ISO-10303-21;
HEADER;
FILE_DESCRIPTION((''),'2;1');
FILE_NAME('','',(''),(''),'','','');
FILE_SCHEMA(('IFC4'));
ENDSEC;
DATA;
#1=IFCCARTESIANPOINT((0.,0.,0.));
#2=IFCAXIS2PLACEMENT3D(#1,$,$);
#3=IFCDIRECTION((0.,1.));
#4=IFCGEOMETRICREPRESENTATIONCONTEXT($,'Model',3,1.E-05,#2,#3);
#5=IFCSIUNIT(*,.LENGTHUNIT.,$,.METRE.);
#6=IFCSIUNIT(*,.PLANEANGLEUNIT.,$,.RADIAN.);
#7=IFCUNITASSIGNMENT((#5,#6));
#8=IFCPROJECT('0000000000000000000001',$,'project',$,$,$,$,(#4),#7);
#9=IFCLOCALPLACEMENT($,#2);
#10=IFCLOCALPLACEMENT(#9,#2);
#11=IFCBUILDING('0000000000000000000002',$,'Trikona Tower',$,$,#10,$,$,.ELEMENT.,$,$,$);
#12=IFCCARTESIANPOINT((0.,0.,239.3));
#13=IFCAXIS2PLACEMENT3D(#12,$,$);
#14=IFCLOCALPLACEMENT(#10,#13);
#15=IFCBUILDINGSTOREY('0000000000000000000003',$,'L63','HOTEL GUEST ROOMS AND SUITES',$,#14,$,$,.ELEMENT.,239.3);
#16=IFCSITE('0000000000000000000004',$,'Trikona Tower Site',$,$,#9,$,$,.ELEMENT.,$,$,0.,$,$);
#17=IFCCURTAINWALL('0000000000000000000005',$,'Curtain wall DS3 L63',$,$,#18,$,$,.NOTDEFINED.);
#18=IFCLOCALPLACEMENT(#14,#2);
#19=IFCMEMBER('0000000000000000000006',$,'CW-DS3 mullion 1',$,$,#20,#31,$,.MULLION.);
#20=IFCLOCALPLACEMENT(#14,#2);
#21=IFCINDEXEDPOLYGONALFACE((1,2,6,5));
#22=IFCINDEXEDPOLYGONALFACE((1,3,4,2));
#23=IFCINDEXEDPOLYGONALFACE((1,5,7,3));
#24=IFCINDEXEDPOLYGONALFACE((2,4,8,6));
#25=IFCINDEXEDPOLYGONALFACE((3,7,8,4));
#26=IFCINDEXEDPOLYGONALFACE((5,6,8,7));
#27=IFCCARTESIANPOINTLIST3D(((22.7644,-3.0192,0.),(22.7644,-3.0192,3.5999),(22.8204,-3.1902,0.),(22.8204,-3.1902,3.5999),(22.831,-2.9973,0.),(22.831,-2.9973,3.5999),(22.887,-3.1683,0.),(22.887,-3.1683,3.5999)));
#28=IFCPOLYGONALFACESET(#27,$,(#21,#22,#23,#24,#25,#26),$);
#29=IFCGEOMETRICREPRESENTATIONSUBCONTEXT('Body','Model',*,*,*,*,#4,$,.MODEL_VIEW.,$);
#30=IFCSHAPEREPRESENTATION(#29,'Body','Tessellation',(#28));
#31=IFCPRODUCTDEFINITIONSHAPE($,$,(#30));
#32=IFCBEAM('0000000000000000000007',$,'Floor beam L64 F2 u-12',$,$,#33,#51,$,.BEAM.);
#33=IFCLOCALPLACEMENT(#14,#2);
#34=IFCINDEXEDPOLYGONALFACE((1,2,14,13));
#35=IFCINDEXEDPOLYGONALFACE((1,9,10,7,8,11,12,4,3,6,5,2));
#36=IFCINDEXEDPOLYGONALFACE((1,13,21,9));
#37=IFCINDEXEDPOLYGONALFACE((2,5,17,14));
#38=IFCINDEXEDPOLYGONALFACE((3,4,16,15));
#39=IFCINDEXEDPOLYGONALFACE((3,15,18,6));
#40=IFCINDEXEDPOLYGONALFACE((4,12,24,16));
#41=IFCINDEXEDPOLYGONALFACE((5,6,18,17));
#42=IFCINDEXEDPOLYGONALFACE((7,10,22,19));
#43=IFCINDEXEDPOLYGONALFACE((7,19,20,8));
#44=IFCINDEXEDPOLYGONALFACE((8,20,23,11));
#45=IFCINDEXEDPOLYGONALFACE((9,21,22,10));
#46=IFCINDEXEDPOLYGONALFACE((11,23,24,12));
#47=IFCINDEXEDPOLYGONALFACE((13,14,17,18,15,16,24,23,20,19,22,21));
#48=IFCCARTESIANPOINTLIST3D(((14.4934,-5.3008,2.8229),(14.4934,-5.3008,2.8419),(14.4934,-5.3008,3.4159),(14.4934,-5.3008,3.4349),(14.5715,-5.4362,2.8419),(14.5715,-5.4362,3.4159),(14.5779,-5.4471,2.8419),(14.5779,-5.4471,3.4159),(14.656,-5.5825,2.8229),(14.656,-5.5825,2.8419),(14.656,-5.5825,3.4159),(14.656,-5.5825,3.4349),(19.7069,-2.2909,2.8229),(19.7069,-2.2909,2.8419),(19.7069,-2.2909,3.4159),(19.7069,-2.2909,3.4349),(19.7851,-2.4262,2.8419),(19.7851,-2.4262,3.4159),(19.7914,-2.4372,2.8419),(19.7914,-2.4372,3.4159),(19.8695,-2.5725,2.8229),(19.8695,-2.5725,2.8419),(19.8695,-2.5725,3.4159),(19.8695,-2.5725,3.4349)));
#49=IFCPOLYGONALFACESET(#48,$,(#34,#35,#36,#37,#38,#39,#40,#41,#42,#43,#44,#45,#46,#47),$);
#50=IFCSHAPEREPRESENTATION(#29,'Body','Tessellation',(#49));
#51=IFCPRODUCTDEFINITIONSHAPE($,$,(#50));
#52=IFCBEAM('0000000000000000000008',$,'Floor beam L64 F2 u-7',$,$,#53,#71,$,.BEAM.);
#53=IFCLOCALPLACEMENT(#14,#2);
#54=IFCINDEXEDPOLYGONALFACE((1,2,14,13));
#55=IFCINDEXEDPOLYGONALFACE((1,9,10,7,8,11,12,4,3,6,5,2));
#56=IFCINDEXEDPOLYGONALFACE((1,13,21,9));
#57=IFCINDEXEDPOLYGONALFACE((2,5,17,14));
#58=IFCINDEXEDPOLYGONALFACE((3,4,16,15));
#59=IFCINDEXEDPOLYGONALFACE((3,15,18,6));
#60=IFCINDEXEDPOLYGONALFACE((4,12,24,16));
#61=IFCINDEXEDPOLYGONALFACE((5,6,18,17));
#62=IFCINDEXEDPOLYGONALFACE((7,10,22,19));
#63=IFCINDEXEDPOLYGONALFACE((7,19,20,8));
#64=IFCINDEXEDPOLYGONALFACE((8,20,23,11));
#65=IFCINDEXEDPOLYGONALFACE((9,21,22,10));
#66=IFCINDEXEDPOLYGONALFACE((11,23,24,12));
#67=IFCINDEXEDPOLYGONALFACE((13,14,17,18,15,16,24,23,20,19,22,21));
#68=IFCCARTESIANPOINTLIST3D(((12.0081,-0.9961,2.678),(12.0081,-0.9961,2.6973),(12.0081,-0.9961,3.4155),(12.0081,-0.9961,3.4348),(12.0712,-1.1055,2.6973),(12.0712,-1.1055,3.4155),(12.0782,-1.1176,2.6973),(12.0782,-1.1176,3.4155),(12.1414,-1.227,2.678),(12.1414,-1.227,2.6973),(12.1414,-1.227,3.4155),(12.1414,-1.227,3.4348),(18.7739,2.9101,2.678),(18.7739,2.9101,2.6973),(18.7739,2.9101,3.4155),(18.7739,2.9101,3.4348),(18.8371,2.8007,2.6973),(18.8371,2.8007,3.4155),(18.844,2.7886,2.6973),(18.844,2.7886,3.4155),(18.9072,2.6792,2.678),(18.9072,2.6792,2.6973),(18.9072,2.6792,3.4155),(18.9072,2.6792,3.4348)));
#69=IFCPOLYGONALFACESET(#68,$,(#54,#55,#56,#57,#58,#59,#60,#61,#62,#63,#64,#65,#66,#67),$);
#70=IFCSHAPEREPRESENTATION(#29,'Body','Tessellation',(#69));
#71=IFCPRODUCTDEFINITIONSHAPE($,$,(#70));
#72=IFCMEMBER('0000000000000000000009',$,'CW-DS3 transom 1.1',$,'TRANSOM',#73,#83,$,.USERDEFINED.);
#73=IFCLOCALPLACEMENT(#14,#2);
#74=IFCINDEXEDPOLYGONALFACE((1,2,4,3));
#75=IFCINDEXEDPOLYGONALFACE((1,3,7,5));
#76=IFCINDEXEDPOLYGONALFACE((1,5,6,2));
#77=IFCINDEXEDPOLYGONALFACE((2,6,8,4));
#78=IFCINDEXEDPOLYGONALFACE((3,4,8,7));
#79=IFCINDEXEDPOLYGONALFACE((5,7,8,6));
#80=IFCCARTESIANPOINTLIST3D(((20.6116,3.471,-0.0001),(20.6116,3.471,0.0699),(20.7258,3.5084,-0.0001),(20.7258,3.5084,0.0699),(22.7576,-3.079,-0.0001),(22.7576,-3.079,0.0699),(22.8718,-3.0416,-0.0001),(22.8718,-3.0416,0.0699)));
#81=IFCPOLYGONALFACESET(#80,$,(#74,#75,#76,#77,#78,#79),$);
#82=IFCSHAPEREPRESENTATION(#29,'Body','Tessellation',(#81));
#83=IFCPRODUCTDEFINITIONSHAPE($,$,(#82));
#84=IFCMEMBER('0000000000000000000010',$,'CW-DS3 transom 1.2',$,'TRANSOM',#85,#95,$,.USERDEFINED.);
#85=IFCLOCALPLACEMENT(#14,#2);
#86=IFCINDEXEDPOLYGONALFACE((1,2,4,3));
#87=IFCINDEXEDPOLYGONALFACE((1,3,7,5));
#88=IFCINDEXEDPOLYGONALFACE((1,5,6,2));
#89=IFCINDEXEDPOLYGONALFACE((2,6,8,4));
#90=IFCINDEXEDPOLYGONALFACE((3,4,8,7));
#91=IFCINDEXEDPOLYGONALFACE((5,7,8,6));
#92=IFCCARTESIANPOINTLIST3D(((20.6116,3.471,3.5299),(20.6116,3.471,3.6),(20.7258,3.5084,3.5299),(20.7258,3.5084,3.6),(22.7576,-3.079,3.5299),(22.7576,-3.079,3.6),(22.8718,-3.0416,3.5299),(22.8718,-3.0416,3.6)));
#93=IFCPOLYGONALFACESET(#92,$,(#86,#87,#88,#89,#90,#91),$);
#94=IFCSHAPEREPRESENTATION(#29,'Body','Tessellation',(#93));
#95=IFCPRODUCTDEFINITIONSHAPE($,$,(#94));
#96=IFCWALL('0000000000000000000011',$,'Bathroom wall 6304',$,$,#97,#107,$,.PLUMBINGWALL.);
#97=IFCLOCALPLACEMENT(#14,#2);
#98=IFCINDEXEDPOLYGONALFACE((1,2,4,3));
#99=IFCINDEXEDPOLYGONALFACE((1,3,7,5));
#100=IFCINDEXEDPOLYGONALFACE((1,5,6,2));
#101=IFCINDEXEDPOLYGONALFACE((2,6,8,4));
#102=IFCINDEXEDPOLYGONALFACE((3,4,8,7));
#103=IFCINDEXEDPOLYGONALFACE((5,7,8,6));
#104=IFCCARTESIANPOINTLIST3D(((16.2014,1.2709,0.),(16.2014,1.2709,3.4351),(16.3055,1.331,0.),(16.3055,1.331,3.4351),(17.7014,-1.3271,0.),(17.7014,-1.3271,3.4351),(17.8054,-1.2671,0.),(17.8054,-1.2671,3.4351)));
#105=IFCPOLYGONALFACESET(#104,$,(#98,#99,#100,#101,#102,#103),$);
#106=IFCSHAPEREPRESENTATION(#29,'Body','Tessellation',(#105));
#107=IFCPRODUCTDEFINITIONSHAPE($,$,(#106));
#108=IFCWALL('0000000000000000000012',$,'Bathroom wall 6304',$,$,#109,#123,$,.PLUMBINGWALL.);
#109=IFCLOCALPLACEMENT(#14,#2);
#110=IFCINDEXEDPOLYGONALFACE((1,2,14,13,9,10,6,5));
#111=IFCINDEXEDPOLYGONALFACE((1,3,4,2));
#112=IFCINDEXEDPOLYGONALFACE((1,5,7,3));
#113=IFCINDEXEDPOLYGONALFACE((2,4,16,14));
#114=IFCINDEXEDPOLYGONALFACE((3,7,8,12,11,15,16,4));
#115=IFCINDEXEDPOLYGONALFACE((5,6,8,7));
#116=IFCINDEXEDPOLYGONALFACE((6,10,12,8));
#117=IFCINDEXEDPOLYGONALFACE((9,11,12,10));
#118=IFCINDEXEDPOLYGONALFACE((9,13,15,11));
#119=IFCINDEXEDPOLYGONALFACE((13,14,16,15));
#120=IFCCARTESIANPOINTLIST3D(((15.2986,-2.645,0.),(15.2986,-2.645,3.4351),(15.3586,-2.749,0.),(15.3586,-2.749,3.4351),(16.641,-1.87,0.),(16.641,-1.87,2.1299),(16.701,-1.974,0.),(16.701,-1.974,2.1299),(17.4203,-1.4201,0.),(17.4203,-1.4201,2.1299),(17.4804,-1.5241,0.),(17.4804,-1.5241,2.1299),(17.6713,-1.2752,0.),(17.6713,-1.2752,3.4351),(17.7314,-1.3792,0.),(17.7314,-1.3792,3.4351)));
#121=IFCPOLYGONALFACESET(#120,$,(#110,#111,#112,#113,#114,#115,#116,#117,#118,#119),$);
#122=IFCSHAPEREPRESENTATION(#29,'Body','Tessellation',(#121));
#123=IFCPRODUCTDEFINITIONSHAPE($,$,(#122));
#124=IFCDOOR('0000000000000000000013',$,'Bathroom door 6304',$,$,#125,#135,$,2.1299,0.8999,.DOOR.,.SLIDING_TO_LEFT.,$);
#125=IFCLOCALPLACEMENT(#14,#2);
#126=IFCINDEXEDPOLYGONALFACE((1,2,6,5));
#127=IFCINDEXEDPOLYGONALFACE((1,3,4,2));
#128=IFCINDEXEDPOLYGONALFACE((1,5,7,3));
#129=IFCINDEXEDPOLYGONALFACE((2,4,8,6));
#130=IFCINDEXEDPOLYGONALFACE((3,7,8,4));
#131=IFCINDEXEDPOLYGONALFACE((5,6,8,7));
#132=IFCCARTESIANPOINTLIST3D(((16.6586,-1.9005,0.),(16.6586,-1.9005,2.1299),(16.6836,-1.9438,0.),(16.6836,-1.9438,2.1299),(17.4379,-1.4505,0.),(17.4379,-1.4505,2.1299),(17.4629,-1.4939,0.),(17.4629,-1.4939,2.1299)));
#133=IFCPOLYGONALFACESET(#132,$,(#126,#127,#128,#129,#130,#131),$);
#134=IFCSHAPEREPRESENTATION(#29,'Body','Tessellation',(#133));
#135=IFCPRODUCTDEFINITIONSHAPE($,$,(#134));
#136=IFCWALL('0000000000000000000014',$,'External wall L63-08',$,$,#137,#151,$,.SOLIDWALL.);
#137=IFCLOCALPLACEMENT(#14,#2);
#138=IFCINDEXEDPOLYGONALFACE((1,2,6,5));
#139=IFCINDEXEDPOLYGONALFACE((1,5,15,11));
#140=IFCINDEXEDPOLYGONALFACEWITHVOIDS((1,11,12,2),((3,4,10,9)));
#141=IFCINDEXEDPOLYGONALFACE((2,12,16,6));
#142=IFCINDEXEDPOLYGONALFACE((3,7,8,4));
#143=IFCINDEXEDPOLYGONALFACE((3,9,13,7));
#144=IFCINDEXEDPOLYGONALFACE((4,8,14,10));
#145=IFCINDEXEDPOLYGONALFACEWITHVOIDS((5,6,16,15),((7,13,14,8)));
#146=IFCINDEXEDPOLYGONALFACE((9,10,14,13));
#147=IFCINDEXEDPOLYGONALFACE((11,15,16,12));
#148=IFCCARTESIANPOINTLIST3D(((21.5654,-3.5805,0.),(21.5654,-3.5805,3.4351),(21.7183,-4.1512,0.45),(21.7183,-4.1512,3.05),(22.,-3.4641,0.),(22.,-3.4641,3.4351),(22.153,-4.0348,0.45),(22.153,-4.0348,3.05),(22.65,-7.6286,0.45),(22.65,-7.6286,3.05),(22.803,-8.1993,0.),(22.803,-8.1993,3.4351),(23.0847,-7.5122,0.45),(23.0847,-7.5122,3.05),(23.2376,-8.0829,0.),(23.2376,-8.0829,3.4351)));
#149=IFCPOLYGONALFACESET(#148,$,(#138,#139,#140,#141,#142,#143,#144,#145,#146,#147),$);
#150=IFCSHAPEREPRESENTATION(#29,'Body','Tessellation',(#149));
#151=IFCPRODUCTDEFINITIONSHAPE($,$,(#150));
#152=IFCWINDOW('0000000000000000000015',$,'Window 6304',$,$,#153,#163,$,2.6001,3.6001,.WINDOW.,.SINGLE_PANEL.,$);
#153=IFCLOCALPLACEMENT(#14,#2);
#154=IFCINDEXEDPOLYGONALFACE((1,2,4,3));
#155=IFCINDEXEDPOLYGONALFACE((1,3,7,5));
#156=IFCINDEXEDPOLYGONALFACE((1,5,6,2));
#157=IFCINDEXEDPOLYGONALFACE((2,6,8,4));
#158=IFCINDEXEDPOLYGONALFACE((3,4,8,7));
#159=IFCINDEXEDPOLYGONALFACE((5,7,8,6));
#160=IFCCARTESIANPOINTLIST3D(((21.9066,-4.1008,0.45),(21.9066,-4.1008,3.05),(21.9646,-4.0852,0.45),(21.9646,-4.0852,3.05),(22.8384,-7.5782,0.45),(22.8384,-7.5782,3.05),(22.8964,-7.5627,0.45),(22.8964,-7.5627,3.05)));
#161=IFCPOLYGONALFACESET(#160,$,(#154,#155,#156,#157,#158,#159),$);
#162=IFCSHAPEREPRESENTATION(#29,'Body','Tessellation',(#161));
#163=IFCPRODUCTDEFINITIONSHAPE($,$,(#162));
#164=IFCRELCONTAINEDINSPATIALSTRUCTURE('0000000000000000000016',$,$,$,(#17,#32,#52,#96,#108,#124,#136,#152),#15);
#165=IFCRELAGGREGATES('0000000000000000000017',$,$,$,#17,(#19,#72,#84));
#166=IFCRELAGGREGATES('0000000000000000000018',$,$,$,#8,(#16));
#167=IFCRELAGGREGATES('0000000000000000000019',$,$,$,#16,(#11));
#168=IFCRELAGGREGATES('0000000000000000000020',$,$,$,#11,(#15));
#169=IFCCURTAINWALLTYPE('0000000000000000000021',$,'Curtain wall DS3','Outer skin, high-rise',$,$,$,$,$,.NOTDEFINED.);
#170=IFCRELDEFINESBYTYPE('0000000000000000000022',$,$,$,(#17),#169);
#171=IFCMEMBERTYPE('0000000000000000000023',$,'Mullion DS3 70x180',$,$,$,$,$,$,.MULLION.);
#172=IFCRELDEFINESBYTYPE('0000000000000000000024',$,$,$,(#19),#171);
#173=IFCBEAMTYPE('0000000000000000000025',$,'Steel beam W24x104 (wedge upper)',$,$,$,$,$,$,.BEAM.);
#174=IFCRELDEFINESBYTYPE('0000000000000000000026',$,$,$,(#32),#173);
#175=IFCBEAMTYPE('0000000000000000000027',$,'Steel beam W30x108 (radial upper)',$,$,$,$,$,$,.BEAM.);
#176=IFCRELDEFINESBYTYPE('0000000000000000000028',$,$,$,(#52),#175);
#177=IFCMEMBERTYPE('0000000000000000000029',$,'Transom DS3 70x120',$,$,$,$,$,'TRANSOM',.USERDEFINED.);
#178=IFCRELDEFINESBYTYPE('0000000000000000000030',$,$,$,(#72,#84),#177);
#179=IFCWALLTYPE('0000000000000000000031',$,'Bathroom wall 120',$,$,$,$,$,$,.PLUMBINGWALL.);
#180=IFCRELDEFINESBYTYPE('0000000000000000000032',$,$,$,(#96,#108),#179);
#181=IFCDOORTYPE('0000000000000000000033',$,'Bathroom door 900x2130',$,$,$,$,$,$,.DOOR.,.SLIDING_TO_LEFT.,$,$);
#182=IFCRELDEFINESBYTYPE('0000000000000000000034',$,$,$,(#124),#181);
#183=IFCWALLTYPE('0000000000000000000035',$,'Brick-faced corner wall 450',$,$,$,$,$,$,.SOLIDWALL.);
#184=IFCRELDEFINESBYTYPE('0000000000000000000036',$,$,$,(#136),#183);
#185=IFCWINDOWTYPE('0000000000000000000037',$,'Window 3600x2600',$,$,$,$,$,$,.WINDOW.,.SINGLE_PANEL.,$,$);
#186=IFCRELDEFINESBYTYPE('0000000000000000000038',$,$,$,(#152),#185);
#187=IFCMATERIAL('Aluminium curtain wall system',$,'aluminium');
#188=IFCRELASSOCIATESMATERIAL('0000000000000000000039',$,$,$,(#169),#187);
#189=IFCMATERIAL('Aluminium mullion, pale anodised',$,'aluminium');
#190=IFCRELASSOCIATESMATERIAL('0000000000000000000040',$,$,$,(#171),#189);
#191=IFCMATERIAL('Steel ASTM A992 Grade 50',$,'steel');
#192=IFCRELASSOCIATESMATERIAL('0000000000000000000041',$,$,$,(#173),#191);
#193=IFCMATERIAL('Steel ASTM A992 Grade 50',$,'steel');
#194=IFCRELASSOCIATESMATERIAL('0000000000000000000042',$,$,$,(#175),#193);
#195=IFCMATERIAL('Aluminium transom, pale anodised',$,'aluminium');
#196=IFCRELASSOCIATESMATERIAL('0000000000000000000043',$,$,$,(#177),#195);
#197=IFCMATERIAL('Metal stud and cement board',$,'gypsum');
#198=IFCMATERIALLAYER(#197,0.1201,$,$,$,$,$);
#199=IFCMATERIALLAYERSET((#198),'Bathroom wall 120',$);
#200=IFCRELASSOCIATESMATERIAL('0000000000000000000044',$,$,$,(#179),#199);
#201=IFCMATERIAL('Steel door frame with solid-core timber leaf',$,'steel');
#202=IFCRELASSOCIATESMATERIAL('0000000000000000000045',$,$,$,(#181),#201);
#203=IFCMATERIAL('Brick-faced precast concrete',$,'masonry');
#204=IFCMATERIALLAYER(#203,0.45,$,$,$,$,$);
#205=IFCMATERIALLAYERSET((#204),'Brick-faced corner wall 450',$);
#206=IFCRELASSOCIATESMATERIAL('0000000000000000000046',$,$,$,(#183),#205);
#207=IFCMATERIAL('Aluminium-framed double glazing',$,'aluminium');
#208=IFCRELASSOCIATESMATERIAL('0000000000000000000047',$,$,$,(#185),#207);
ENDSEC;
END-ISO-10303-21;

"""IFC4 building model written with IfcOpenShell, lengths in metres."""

from ifc_helpers import new_model, si_unit, direction, frame, frame_2d, origin, origin_2d, place, context, subcontext, project, spatial, rectangle, i_section, extrude, material, layer, layer_set, material_profile, profile_set, type_object, element, fill, aggregate, save


model = new_model("IFC4")

# Units and contexts
model_context = context("Model", 3, precision=1e-05, world=origin(), true_north=direction((0.0, 1.0)))
body_context = subcontext(model_context, "Body", "Model", "MODEL_VIEW")
ifc_project = project(units=[si_unit("LENGTHUNIT", "METRE"), si_unit("PLANEANGLEUNIT", "RADIAN")], contexts=[model_context])

# Site, building, storey
site_placement = place(None, origin())
site = spatial("IfcSite", under=ifc_project, at=site_placement, Name="Trikona Tower Site", CompositionType="ELEMENT", RefElevation=0.0)
building_placement = place(site_placement, origin())
building = spatial("IfcBuilding", under=site, at=building_placement, Name="Trikona Tower", CompositionType="ELEMENT")
storey_placement = place(building_placement, frame((0.0, 0.0, 239.3)))
storey = spatial("IfcBuildingStorey", under=building, at=storey_placement, Name="L63", Description="HOTEL GUEST ROOMS AND SUITES", CompositionType="ELEMENT", Elevation=239.3)

# Curtain wall, member
ifc_material_1 = material(Name="Aluminium curtain wall system", Category="aluminium")
curtain_wall_type = type_object("IfcCurtainWallType", Name="Curtain wall DS3", Description="Outer skin, high-rise", PredefinedType="NOTDEFINED", material=ifc_material_1)
curtain_wall_placement = place(storey_placement, origin())
curtain_wall = element("IfcCurtainWall", 1, at=curtain_wall_placement, inside=storey, type_object=curtain_wall_type, Name="Curtain wall DS3 L63", PredefinedType="NOTDEFINED")
ifc_material_2 = material(Name="Aluminium mullion, pale anodised", Category="aluminium")
ifc_material_profile_1 = material_profile(ifc_material_2, rectangle(XDim=0.0701, YDim=0.1799, at=origin_2d()), Name="MUL-DS3")
ifc_profile_set_1 = profile_set([ifc_material_profile_1], Name="Aluminium mullion, pale anodised")
member_type_1 = type_object("IfcMemberType", Name="Mullion DS3 70x180", PredefinedType="MULLION", material=ifc_profile_set_1)
member_1_placement = place(storey_placement, frame((22.8257, -3.0938, 0.0), z_axis=(0.0, 0.0, 1.0), x_axis=(-0.950297, -0.311344, 0.0)))
member_1 = element("IfcMember", 2, at=member_1_placement, type_object=member_type_1, Name="CW-DS3 mullion 1", PredefinedType="MULLION", context=body_context, shape_type="SweptSolid", body=[
    extrude(rectangle(XDim=0.0701, YDim=0.1799, at=origin_2d()), origin(), (0.0, 0.0, 1.0), 3.5999),
])

# Beams
ifc_material_3 = material(Name="Steel ASTM A992 Grade 50", Category="steel")
ifc_material_profile_2 = material_profile(ifc_material_3, i_section(OverallWidth=0.3252, OverallDepth=0.6121, WebThickness=0.0127, FlangeThickness=0.019, at=origin_2d()), Name="W24X104")
ifc_profile_set_2 = profile_set([ifc_material_profile_2], Name="Steel ASTM A992 Grade 50")
beam_type_1 = type_object("IfcBeamType", Name="Steel beam W24x104 (wedge upper)", PredefinedType="BEAM", material=ifc_profile_set_2)
beam_1_placement = place(storey_placement, frame((14.5747, -5.4417, 3.1289), z_axis=(0.866031, 0.49999, 0.0), x_axis=(-0.49999, 0.866031, 0.0)))
element("IfcBeam", 3, at=beam_1_placement, inside=storey, type_object=beam_type_1, Name="Floor beam L64 F2 u-12", PredefinedType="BEAM", context=body_context, shape_type="SweptSolid", body=[
    extrude(i_section(OverallWidth=0.3252, OverallDepth=0.6121, WebThickness=0.0127, FlangeThickness=0.019, at=origin_2d()), origin(), (0.0, 0.0, 1.0), 6.02),
])
ifc_material_4 = material(Name="Steel ASTM A992 Grade 50", Category="steel")
ifc_material_profile_3 = material_profile(ifc_material_4, i_section(OverallWidth=0.2666, OverallDepth=0.7568, WebThickness=0.0139, FlangeThickness=0.0193, at=origin_2d()), Name="W30X108")
ifc_profile_set_3 = profile_set([ifc_material_profile_3], Name="Steel ASTM A992 Grade 50")
beam_type_2 = type_object("IfcBeamType", Name="Steel beam W30x108 (radial upper)", PredefinedType="BEAM", material=ifc_profile_set_3)
beam_2_placement = place(storey_placement, frame((12.0747, -1.1116, 3.0564), z_axis=(0.866027, 0.499997, 0.0), x_axis=(-0.499997, 0.866027, 0.0)))
element("IfcBeam", 4, at=beam_2_placement, inside=storey, type_object=beam_type_2, Name="Floor beam L64 F2 u-7", PredefinedType="BEAM", context=body_context, shape_type="SweptSolid", body=[
    extrude(i_section(OverallWidth=0.2666, OverallDepth=0.7568, WebThickness=0.0139, FlangeThickness=0.0193, at=origin_2d()), origin(), (0.0, 0.0, 1.0), 7.8125),
])

# Members
ifc_material_5 = material(Name="Aluminium transom, pale anodised", Category="aluminium")
ifc_material_profile_4 = material_profile(ifc_material_5, rectangle(XDim=0.1201, YDim=0.0701, at=origin_2d()), Name="TRN-DS3")
ifc_profile_set_4 = profile_set([ifc_material_profile_4], Name="Aluminium transom, pale anodised")
member_type_2 = type_object("IfcMemberType", Name="Transom DS3 70x120", ElementType="TRANSOM", PredefinedType="USERDEFINED", material=ifc_profile_set_4)
member_2_placement = place(storey_placement, frame((22.8147, -3.0603, 0.0349), z_axis=(-0.311346, 0.950297, 0.0), x_axis=(-0.950297, -0.311346, 0.0)))
member_2 = element("IfcMember", 5, at=member_2_placement, type_object=member_type_2, Name="CW-DS3 transom 1.1", ObjectType="TRANSOM", PredefinedType="USERDEFINED", context=body_context, shape_type="SweptSolid", body=[
    extrude(rectangle(XDim=0.1201, YDim=0.0701, at=origin_2d()), origin(), (0.0, 0.0, 1.0), 6.8926),
])
member_3_placement = place(storey_placement, frame((22.8147, -3.0603, 3.5649), z_axis=(-0.311346, 0.950297, 0.0), x_axis=(-0.950297, -0.311346, 0.0)))
member_3 = element("IfcMember", 6, at=member_3_placement, type_object=member_type_2, Name="CW-DS3 transom 1.2", ObjectType="TRANSOM", PredefinedType="USERDEFINED", context=body_context, shape_type="SweptSolid", body=[
    extrude(rectangle(XDim=0.1201, YDim=0.0701, at=origin_2d()), origin(), (0.0, 0.0, 1.0), 6.8926),
])
aggregate(curtain_wall, [member_1, member_2, member_3])

# Wall
ifc_material_6 = material(Name="Metal stud and cement board", Category="gypsum")
ifc_layer_1 = layer(ifc_material_6, 0.1201)
ifc_layer_set_1 = layer_set([ifc_layer_1], Name="Bathroom wall 120")
wall_type_1 = type_object("IfcWallType", Name="Bathroom wall 120", PredefinedType="PLUMBINGWALL", material=ifc_layer_set_1)
wall_1_placement = place(storey_placement, frame((17.7534, -1.2971, 0.0), z_axis=(0.0, 0.0, 1.0), x_axis=(-0.49999, 0.866031, 0.0)))
element("IfcWall", 7, at=wall_1_placement, inside=storey, type_object=wall_type_1, Name="Bathroom wall 6304", PredefinedType="PLUMBINGWALL", context=body_context, shape_type="SweptSolid", body=[
    extrude(rectangle(XDim=3.0, YDim=0.1201, at=frame_2d((1.5, 0.0))), origin(), (0.0, 0.0, 1.0), 3.4351),
])

# Wall, opening, door
wall_2_placement = place(storey_placement, frame((15.3286, -2.697, 0.0), z_axis=(0.0, 0.0, 1.0), x_axis=(0.866036, 0.499982, 0.0)))
wall_2 = element("IfcWall", 8, at=wall_2_placement, inside=storey, type_object=wall_type_1, Name="Bathroom wall 6304", PredefinedType="PLUMBINGWALL", context=body_context, shape_type="SweptSolid", body=[
    extrude(rectangle(XDim=2.7397, YDim=0.1201, at=frame_2d((1.3699, 0.0))), origin(), (0.0, 0.0, 1.0), 3.4351),
])
opening_1_placement = place(wall_2_placement, frame((1.55, 0.0, 0.0)))
opening_1 = element("IfcOpeningElement", 9, at=opening_1_placement, cuts=wall_2, PredefinedType="OPENING", context=body_context, shape_type="SweptSolid", body=[
    extrude(rectangle(XDim=0.8999, YDim=2.1299, at=frame_2d((0.45, 1.0649))), frame((0.0, 0.0701, 0.0), z_axis=(0.0, -1.0, 0.0), x_axis=(1.0, 0.0, 0.0)), (0.0, 0.0, 1.0), 0.1401),
])
ifc_material_7 = material(Name="Steel door frame with solid-core timber leaf", Category="steel")
door_type_1 = type_object("IfcDoorType", Name="Bathroom door 900x2130", OperationType="SLIDING_TO_LEFT", PredefinedType="DOOR", material=ifc_material_7)
door_1_placement = place(opening_1_placement, origin())
door_1 = element("IfcDoor", 10, at=door_1_placement, inside=storey, type_object=door_type_1, Name="Bathroom door 6304", OperationType="SLIDING_TO_LEFT", OverallHeight=2.1299, OverallWidth=0.8999, PredefinedType="DOOR", context=body_context, shape_type="SweptSolid", body=[
    extrude(rectangle(XDim=0.8999, YDim=2.1299, at=frame_2d((0.45, 1.0649))), frame((0.0, 0.0249, 0.0), z_axis=(0.0, -1.0, 0.0), x_axis=(1.0, 0.0, 0.0)), (0.0, 0.0, 1.0), 0.05),
])
fill(opening_1, door_1)

# Wall, opening, window
ifc_material_8 = material(Name="Brick-faced precast concrete", Category="masonry")
ifc_layer_2 = layer(ifc_material_8, 0.45)
ifc_layer_set_2 = layer_set([ifc_layer_2], Name="Brick-faced corner wall 450")
wall_type_2 = type_object("IfcWallType", Name="Brick-faced corner wall 450", PredefinedType="SOLIDWALL", material=ifc_layer_set_2)
wall_3_placement = place(storey_placement, frame((23.0203, -8.1411, 0.0), z_axis=(0.0, 0.0, 1.0), x_axis=(-0.258803, 0.96593, 0.0)))
wall_3 = element("IfcWall", 11, at=wall_3_placement, inside=storey, type_object=wall_type_2, Name="External wall L63-08", PredefinedType="SOLIDWALL", context=body_context, shape_type="SweptSolid", body=[
    extrude(rectangle(XDim=4.7817, YDim=0.45, at=frame_2d((2.3909, 0.0))), origin(), (0.0, 0.0, 1.0), 3.4351),
])
opening_2_placement = place(wall_3_placement, frame((0.5908, 0.0, 0.45)))
opening_2 = element("IfcOpeningElement", 12, at=opening_2_placement, cuts=wall_3, PredefinedType="OPENING", context=body_context, shape_type="SweptSolid", body=[
    extrude(rectangle(XDim=3.6001, YDim=2.6001, at=frame_2d((1.8, 1.3))), frame((0.0, 0.2349, 0.0), z_axis=(0.0, -1.0, 0.0), x_axis=(1.0, 0.0, 0.0)), (0.0, 0.0, 1.0), 0.47),
])
ifc_material_9 = material(Name="Aluminium-framed double glazing", Category="aluminium")
window_type_1 = type_object("IfcWindowType", Name="Window 3600x2600", PartitioningType="SINGLE_PANEL", PredefinedType="WINDOW", material=ifc_material_9)
window_1_placement = place(opening_2_placement, origin())
window_1 = element("IfcWindow", 13, at=window_1_placement, inside=storey, type_object=window_type_1, Name="Window 6304", OverallHeight=2.6001, OverallWidth=3.6001, PartitioningType="SINGLE_PANEL", PredefinedType="WINDOW", context=body_context, shape_type="SweptSolid", body=[
    extrude(rectangle(XDim=3.6001, YDim=2.6001, at=frame_2d((1.8, 1.3))), frame((0.0, 0.03, 0.0), z_axis=(0.0, -1.0, 0.0), x_axis=(1.0, 0.0, 0.0)), (0.0, 0.0, 1.0), 0.0601),
])
fill(opening_2, window_1)

save(model, "model.ifc")
